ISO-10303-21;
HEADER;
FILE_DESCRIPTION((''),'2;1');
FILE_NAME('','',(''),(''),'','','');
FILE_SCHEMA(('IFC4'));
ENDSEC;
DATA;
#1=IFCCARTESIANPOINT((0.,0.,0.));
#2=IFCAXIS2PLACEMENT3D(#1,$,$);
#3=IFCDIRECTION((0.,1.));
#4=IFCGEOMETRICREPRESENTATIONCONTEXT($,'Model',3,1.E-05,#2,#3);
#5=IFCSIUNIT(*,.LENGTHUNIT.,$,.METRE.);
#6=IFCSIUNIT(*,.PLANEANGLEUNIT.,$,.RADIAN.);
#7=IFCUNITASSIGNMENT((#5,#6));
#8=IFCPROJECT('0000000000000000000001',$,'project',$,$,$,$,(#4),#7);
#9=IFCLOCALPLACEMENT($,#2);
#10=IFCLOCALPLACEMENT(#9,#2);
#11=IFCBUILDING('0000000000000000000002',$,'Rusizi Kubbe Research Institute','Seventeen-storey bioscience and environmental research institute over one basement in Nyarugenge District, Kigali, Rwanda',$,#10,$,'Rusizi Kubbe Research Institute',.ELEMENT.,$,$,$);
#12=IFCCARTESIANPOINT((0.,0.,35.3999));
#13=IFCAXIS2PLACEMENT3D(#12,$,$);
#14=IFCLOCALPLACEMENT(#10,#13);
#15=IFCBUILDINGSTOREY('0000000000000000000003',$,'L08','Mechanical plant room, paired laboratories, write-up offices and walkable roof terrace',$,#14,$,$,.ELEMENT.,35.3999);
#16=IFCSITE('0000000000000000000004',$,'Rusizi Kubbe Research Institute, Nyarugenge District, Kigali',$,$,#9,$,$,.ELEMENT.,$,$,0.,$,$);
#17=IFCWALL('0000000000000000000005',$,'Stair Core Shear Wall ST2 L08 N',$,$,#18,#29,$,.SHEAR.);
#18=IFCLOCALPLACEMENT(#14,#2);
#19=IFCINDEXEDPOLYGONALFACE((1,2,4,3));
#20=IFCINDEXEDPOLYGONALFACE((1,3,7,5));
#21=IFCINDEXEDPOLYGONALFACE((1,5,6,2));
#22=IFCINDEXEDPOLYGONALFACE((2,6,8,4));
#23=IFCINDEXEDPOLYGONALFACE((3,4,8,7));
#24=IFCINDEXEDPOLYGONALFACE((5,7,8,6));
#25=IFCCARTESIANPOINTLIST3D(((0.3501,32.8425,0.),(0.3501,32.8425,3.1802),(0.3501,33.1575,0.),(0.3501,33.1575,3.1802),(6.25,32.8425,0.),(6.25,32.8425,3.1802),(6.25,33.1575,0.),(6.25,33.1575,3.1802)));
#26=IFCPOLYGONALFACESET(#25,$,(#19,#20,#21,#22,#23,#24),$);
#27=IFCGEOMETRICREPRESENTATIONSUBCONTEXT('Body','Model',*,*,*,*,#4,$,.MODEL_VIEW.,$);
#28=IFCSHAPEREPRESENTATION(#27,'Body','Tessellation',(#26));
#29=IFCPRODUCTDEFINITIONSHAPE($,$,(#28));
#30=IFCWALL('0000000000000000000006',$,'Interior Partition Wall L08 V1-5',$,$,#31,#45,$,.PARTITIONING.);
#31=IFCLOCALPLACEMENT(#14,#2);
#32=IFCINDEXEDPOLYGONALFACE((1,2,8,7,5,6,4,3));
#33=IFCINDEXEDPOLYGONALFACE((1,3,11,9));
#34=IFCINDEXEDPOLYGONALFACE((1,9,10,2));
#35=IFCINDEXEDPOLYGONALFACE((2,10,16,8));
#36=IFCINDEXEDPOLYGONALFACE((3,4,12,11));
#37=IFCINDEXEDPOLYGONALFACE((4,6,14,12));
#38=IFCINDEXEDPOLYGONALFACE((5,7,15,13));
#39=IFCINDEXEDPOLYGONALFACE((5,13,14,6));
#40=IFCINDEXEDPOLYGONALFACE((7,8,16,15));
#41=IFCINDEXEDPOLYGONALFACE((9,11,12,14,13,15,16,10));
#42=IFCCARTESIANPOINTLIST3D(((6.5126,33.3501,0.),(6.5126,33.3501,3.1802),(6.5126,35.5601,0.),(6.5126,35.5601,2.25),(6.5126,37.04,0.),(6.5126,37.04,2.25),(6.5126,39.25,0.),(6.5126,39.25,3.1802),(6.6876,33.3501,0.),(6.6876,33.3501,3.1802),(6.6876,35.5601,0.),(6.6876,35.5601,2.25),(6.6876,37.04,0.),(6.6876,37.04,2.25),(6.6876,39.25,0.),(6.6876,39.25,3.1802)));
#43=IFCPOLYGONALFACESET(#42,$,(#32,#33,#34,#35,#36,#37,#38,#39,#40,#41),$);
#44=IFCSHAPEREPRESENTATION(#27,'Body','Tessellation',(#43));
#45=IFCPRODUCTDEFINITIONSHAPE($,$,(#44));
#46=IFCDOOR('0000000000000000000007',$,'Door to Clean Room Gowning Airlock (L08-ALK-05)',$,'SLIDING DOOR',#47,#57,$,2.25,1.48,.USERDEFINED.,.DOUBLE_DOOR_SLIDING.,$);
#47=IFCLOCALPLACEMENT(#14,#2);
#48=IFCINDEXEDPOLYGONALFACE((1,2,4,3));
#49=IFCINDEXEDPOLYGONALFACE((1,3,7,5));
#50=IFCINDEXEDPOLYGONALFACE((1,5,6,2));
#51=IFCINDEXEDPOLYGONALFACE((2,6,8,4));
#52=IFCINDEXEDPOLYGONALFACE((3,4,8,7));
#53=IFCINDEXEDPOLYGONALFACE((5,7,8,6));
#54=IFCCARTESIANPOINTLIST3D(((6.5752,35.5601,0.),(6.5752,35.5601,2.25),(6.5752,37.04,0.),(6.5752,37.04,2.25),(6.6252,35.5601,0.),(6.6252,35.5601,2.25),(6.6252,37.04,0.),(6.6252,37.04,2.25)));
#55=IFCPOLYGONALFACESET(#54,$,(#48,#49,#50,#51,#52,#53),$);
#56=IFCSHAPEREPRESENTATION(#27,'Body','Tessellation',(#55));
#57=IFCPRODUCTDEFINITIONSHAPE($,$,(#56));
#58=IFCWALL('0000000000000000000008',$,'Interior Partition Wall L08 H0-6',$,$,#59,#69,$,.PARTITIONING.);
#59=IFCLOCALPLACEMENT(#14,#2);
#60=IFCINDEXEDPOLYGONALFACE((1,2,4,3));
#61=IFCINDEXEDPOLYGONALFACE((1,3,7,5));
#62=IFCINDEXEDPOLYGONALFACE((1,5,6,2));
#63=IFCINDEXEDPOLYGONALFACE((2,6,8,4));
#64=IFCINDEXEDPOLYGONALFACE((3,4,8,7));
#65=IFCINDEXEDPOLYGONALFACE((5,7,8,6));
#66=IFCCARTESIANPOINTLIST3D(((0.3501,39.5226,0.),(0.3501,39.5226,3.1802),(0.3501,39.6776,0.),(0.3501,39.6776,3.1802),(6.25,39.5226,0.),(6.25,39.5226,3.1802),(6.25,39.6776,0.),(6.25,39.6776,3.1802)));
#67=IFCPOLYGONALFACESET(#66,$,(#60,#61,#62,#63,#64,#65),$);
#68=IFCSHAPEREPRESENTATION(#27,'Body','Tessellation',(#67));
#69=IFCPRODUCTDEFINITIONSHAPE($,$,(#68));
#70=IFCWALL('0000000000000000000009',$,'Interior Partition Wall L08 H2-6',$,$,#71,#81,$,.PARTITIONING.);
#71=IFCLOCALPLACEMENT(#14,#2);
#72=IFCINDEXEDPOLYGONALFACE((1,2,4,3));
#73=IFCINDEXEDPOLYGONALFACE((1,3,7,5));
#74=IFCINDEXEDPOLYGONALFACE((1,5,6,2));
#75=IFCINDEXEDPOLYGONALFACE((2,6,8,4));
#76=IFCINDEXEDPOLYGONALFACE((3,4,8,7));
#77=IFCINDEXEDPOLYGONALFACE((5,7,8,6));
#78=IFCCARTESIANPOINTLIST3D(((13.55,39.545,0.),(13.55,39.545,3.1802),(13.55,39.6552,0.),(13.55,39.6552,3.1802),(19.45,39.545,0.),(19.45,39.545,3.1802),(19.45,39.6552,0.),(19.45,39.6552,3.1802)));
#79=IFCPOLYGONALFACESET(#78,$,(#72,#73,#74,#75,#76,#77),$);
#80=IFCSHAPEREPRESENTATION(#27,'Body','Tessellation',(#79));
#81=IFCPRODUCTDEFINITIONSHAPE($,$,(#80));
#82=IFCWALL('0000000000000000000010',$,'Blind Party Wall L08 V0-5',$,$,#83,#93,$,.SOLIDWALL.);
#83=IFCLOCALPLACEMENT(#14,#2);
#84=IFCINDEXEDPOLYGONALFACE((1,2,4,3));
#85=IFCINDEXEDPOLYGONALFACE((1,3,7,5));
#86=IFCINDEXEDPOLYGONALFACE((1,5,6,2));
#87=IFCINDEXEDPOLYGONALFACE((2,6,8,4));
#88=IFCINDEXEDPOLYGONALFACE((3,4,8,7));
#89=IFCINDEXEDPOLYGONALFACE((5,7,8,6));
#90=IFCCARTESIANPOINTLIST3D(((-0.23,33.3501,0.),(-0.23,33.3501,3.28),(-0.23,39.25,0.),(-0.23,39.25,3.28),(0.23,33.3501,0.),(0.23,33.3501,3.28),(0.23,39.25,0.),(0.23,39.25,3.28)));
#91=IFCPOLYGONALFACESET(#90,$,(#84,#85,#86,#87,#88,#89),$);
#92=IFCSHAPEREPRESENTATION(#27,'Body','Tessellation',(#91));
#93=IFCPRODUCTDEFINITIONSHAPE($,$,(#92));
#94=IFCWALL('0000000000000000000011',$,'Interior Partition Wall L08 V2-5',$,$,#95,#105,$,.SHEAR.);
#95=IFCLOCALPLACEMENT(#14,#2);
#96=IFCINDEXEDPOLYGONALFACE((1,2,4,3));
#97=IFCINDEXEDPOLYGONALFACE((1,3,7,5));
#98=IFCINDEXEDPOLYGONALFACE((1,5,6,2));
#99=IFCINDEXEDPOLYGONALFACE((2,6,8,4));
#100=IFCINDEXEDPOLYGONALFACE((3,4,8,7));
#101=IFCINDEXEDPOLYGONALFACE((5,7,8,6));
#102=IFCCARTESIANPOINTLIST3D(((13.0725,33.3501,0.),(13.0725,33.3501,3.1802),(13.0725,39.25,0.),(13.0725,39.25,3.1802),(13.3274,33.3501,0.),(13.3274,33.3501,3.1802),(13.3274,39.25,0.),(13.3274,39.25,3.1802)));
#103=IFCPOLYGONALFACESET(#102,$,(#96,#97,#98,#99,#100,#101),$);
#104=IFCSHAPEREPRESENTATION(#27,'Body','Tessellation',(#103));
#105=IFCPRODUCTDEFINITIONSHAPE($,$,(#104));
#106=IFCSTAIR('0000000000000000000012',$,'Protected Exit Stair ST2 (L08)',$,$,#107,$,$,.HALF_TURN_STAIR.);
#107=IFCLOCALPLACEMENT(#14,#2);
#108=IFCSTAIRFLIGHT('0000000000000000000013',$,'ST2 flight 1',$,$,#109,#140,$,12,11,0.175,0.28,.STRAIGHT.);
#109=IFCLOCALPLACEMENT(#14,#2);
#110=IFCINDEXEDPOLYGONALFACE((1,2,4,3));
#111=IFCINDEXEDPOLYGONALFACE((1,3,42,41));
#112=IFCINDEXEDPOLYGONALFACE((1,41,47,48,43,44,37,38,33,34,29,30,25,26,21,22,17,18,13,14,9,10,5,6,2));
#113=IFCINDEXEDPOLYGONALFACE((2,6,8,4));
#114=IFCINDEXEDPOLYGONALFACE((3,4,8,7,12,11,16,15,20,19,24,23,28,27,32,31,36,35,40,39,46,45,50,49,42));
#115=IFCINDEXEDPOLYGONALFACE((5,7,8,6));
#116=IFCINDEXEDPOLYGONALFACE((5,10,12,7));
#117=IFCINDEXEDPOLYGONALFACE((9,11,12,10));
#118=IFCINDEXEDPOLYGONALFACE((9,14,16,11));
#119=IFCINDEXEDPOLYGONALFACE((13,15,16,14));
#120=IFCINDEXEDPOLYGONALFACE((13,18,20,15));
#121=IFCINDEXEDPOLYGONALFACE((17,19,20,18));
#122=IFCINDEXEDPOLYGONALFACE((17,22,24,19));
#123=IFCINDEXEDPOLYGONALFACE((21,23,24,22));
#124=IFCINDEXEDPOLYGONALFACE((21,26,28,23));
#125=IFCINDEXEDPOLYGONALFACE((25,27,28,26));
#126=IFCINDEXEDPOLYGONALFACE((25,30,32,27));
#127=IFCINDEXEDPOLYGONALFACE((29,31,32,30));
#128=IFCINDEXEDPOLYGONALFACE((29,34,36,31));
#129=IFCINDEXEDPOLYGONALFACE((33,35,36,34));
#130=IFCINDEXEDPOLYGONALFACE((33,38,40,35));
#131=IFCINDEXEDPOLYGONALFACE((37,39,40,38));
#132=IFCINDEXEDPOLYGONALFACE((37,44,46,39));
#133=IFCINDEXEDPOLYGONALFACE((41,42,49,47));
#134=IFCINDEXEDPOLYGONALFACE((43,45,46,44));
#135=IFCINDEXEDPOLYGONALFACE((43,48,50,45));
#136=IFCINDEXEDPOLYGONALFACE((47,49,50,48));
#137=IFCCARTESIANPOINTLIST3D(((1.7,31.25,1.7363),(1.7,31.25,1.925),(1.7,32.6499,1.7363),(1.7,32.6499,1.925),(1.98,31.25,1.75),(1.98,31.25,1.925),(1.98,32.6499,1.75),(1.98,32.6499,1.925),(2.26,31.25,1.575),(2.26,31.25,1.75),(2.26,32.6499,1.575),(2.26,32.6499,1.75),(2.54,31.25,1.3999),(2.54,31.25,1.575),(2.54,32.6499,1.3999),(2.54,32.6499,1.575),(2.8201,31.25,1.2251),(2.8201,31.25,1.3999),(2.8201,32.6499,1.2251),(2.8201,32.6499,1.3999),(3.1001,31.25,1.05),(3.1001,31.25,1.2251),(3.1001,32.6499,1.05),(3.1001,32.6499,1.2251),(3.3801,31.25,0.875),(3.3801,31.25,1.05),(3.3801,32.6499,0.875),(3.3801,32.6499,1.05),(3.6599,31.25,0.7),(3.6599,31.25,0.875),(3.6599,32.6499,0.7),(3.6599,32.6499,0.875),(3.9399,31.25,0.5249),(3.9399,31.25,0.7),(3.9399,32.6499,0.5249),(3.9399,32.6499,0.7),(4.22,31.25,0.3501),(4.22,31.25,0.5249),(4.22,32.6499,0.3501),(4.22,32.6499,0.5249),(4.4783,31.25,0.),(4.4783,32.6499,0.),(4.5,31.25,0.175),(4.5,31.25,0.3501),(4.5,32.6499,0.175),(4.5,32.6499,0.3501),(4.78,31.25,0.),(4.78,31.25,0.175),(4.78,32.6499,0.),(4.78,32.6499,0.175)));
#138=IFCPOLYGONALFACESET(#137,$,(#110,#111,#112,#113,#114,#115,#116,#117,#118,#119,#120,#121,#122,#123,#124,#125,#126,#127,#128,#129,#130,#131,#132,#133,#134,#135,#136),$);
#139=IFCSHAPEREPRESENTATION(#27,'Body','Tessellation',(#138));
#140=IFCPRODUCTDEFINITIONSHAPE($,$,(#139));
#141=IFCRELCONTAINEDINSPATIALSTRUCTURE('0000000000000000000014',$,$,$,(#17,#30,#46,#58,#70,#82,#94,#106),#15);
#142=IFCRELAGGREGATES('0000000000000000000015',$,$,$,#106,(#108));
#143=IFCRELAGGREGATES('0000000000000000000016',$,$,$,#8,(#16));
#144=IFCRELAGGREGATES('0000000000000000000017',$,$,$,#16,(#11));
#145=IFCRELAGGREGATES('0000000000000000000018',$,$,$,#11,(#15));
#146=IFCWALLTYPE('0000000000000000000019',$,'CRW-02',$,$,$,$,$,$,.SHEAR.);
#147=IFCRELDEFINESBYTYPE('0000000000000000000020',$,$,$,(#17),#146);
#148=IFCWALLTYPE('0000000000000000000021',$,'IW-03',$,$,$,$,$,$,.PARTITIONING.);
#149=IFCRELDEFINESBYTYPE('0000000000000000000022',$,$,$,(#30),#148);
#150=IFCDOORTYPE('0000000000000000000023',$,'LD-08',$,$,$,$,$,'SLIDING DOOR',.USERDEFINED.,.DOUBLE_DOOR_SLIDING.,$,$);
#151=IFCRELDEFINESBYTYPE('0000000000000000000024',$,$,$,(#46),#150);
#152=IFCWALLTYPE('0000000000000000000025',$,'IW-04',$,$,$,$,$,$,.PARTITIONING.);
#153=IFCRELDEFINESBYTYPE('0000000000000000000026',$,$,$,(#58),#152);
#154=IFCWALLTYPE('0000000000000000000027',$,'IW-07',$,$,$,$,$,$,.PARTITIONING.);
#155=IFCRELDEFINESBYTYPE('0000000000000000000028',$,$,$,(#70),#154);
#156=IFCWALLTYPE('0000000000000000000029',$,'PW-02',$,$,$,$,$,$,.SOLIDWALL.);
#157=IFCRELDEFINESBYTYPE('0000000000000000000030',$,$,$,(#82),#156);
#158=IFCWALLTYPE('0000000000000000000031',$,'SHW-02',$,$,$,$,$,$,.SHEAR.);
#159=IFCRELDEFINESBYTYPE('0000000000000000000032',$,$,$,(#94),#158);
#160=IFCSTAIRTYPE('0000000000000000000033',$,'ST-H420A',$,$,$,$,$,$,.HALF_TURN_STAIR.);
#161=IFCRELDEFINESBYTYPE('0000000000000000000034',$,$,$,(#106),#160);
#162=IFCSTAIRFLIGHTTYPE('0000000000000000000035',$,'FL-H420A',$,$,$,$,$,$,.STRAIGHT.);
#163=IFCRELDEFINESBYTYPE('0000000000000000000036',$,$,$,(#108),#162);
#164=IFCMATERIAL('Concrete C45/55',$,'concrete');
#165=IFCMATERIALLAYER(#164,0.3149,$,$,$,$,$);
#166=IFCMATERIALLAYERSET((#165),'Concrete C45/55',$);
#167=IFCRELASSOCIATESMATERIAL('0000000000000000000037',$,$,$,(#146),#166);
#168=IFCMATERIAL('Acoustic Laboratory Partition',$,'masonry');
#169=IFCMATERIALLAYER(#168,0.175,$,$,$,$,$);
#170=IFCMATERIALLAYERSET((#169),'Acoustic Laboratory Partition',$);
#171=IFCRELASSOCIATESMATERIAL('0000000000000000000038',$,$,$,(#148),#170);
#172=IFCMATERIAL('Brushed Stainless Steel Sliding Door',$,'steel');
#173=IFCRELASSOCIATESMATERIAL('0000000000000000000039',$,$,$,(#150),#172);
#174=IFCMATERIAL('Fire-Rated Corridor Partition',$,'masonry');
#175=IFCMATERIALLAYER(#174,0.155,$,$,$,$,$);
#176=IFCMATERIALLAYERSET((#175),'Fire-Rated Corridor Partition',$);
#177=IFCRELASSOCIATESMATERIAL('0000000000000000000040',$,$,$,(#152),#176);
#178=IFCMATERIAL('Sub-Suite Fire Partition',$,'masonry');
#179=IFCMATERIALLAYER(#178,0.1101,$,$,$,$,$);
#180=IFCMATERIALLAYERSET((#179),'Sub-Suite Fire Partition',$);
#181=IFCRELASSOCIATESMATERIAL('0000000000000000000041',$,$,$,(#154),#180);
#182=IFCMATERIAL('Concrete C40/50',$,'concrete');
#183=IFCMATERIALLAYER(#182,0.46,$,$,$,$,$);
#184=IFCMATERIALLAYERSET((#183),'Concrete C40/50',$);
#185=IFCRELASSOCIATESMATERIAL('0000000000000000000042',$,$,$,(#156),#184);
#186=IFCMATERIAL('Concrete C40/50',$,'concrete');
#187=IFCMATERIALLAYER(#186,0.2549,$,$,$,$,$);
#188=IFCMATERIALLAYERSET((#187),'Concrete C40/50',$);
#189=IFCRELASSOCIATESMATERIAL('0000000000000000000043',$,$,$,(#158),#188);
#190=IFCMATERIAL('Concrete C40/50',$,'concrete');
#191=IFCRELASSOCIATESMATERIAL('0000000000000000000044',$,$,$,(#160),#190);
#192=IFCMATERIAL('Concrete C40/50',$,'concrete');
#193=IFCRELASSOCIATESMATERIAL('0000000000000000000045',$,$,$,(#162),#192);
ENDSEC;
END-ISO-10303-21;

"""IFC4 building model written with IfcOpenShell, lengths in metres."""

from ifc_helpers import new_model, si_unit, direction, frame, frame_2d, origin, place, context, subcontext, project, spatial, polyline, rectangle, outline, extrude, material, layer, layer_set, type_object, element, fill, aggregate, save


model = new_model("IFC4")

# Units and contexts
model_context = context("Model", 3, precision=1e-05, world=origin(), true_north=direction((0.0, 1.0)))
body_context = subcontext(model_context, "Body", "Model", "MODEL_VIEW")
ifc_project = project(units=[si_unit("LENGTHUNIT", "METRE"), si_unit("PLANEANGLEUNIT", "RADIAN")], contexts=[model_context])

# Site, building, storey
site_placement = place(None, origin())
site = spatial("IfcSite", under=ifc_project, at=site_placement, Name="Rusizi Kubbe Research Institute, Nyarugenge District, Kigali", CompositionType="ELEMENT", RefElevation=0.0)
building_placement = place(site_placement, origin())
building = spatial("IfcBuilding", under=site, at=building_placement, Name="Rusizi Kubbe Research Institute", Description="Seventeen-storey bioscience and environmental research institute over one basement in Nyarugenge District, Kigali, Rwanda", LongName="Rusizi Kubbe Research Institute", CompositionType="ELEMENT")
storey_placement = place(building_placement, frame((0.0, 0.0, 35.3999)))
storey = spatial("IfcBuildingStorey", under=building, at=storey_placement, Name="L08", Description="Mechanical plant room, paired laboratories, write-up offices and walkable roof terrace", CompositionType="ELEMENT", Elevation=35.3999)

# Wall
ifc_material_1 = material(Name="Concrete C45/55", Category="concrete")
ifc_layer_1 = layer(ifc_material_1, 0.3149)
ifc_layer_set_1 = layer_set([ifc_layer_1], Name="Concrete C45/55")
wall_type_1 = type_object("IfcWallType", Name="CRW-02", PredefinedType="SHEAR", material=ifc_layer_set_1)
wall_1_placement = place(storey_placement, frame((0.3501, 33.0, 0.0), z_axis=(0.0, 0.0, 1.0), x_axis=(1.0, 0.0, 0.0)))
element("IfcWall", 1, at=wall_1_placement, inside=storey, type_object=wall_type_1, Name="Stair Core Shear Wall ST2 L08 N", PredefinedType="SHEAR", context=body_context, shape_type="SweptSolid", body=[
    extrude(rectangle(XDim=5.8999, YDim=0.3149, at=frame_2d((2.95, 0.0))), origin(), (0.0, 0.0, 1.0), 3.1802),
])

# Wall, opening, door
ifc_material_2 = material(Name="Acoustic Laboratory Partition", Category="masonry")
ifc_layer_2 = layer(ifc_material_2, 0.175)
ifc_layer_set_2 = layer_set([ifc_layer_2], Name="Acoustic Laboratory Partition")
wall_type_2 = type_object("IfcWallType", Name="IW-03", PredefinedType="PARTITIONING", material=ifc_layer_set_2)
wall_2_placement = place(storey_placement, frame((6.6001, 33.3501, 0.0), z_axis=(0.0, 0.0, 1.0), x_axis=(0.0, 1.0, 0.0)))
wall_2 = element("IfcWall", 2, at=wall_2_placement, inside=storey, type_object=wall_type_2, Name="Interior Partition Wall L08 V1-5", PredefinedType="PARTITIONING", context=body_context, shape_type="SweptSolid", body=[
    extrude(rectangle(XDim=5.8999, YDim=0.175, at=frame_2d((2.95, 0.0))), origin(), (0.0, 0.0, 1.0), 3.1802),
])
opening_placement = place(wall_2_placement, frame((2.21, 0.0, 0.0)))
opening = element("IfcOpeningElement", 3, at=opening_placement, cuts=wall_2, PredefinedType="OPENING", context=body_context, shape_type="SweptSolid", body=[
    extrude(rectangle(XDim=1.48, YDim=2.25, at=frame_2d((0.74, 1.125))), frame((0.0, 0.0974, 0.0), z_axis=(0.0, -1.0, 0.0), x_axis=(1.0, 0.0, 0.0)), (0.0, 0.0, 1.0), 0.1951),
])
ifc_material_3 = material(Name="Brushed Stainless Steel Sliding Door", Category="steel")
door_type = type_object("IfcDoorType", Name="LD-08", ElementType="SLIDING DOOR", OperationType="DOUBLE_DOOR_SLIDING", PredefinedType="USERDEFINED", material=ifc_material_3)
door_placement = place(opening_placement, origin())
door = element("IfcDoor", 4, at=door_placement, inside=storey, type_object=door_type, Name="Door to Clean Room Gowning Airlock (L08-ALK-05)", ObjectType="SLIDING DOOR", OperationType="DOUBLE_DOOR_SLIDING", OverallHeight=2.25, OverallWidth=1.48, PredefinedType="USERDEFINED", context=body_context, shape_type="SweptSolid", body=[
    extrude(rectangle(XDim=1.48, YDim=2.25, at=frame_2d((0.74, 1.125))), frame((0.0, 0.0249, 0.0), z_axis=(0.0, -1.0, 0.0), x_axis=(1.0, 0.0, 0.0)), (0.0, 0.0, 1.0), 0.05),
])
fill(opening, door)

# Walls
ifc_material_4 = material(Name="Fire-Rated Corridor Partition", Category="masonry")
ifc_layer_3 = layer(ifc_material_4, 0.155)
ifc_layer_set_3 = layer_set([ifc_layer_3], Name="Fire-Rated Corridor Partition")
wall_type_3 = type_object("IfcWallType", Name="IW-04", PredefinedType="PARTITIONING", material=ifc_layer_set_3)
wall_3_placement = place(storey_placement, frame((0.3501, 39.6001, 0.0), z_axis=(0.0, 0.0, 1.0), x_axis=(1.0, 0.0, 0.0)))
element("IfcWall", 5, at=wall_3_placement, inside=storey, type_object=wall_type_3, Name="Interior Partition Wall L08 H0-6", PredefinedType="PARTITIONING", context=body_context, shape_type="SweptSolid", body=[
    extrude(rectangle(XDim=5.8999, YDim=0.155, at=frame_2d((2.95, 0.0))), origin(), (0.0, 0.0, 1.0), 3.1802),
])
ifc_material_5 = material(Name="Sub-Suite Fire Partition", Category="masonry")
ifc_layer_4 = layer(ifc_material_5, 0.1101)
ifc_layer_set_4 = layer_set([ifc_layer_4], Name="Sub-Suite Fire Partition")
wall_type_4 = type_object("IfcWallType", Name="IW-07", PredefinedType="PARTITIONING", material=ifc_layer_set_4)
wall_4_placement = place(storey_placement, frame((13.55, 39.6001, 0.0), z_axis=(0.0, 0.0, 1.0), x_axis=(1.0, 0.0, 0.0)))
element("IfcWall", 6, at=wall_4_placement, inside=storey, type_object=wall_type_4, Name="Interior Partition Wall L08 H2-6", PredefinedType="PARTITIONING", context=body_context, shape_type="SweptSolid", body=[
    extrude(rectangle(XDim=5.8999, YDim=0.1101, at=frame_2d((2.95, 0.0))), origin(), (0.0, 0.0, 1.0), 3.1802),
])
ifc_material_6 = material(Name="Concrete C40/50", Category="concrete")
ifc_layer_5 = layer(ifc_material_6, 0.46)
ifc_layer_set_5 = layer_set([ifc_layer_5], Name="Concrete C40/50")
wall_type_5 = type_object("IfcWallType", Name="PW-02", PredefinedType="SOLIDWALL", material=ifc_layer_set_5)
wall_5_placement = place(storey_placement, frame((0.0, 33.3501, 0.0), z_axis=(0.0, 0.0, 1.0), x_axis=(0.0, 1.0, 0.0)))
element("IfcWall", 7, at=wall_5_placement, inside=storey, type_object=wall_type_5, Name="Blind Party Wall L08 V0-5", PredefinedType="SOLIDWALL", context=body_context, shape_type="SweptSolid", body=[
    extrude(rectangle(XDim=5.8999, YDim=0.46, at=frame_2d((2.95, 0.0))), origin(), (0.0, 0.0, 1.0), 3.28),
])
ifc_material_7 = material(Name="Concrete C40/50", Category="concrete")
ifc_layer_6 = layer(ifc_material_7, 0.2549)
ifc_layer_set_6 = layer_set([ifc_layer_6], Name="Concrete C40/50")
wall_type_6 = type_object("IfcWallType", Name="SHW-02", PredefinedType="SHEAR", material=ifc_layer_set_6)
wall_6_placement = place(storey_placement, frame((13.2, 33.3501, 0.0), z_axis=(0.0, 0.0, 1.0), x_axis=(0.0, 1.0, 0.0)))
element("IfcWall", 8, at=wall_6_placement, inside=storey, type_object=wall_type_6, Name="Interior Partition Wall L08 V2-5", PredefinedType="SHEAR", context=body_context, shape_type="SweptSolid", body=[
    extrude(rectangle(XDim=5.8999, YDim=0.2549, at=frame_2d((2.95, 0.0))), origin(), (0.0, 0.0, 1.0), 3.1802),
])

# Stair, stair flight
ifc_material_8 = material(Name="Concrete C40/50", Category="concrete")
stair_type = type_object("IfcStairType", Name="ST-H420A", PredefinedType="HALF_TURN_STAIR", material=ifc_material_8)
stair_placement = place(storey_placement, origin())
stair = element("IfcStair", 9, at=stair_placement, inside=storey, type_object=stair_type, Name="Protected Exit Stair ST2 (L08)", PredefinedType="HALF_TURN_STAIR")
ifc_material_9 = material(Name="Concrete C40/50", Category="concrete")
stair_flight_type = type_object("IfcStairFlightType", Name="FL-H420A", PredefinedType="STRAIGHT", material=ifc_material_9)
stair_flight_placement = place(storey_placement, frame((4.78, 31.95, 0.0), z_axis=(0.0, 0.0, 1.0), x_axis=(-1.0, 0.0, 0.0)))
stair_flight = element("IfcStairFlight", 10, at=stair_flight_placement, type_object=stair_flight_type, Name="ST2 flight 1", NumberOfRisers=12, NumberOfTreads=11, PredefinedType="STRAIGHT", RiserHeight=0.175, TreadLength=0.28, context=body_context, shape_type="SweptSolid", body=[
    extrude(outline(polyline([(0.0, 0.0), (0.0, 0.175), (0.28, 0.175), (0.28, 0.3501), (0.5601, 0.3501), (0.5601, 0.5249), (0.8401, 0.5249), (0.8401, 0.7), (1.1201, 0.7), (1.1201, 0.875), (1.3999, 0.875), (1.3999, 1.05), (1.6799, 1.05), (1.6799, 1.2251), (1.96, 1.2251), (1.96, 1.3999), (2.24, 1.3999), (2.24, 1.575), (2.52, 1.575), (2.52, 1.75), (2.8, 1.75), (2.8, 1.925), (3.0801, 1.925), (3.0801, 2.1001), (3.0801, 1.7363), (0.3018, 0.0), (0.0, 0.0)])), frame((0.0, 0.7, 0.0), z_axis=(0.0, -1.0, 0.0), x_axis=(1.0, 0.0, 0.0)), (0.0, 0.0, 1.0), 1.3999),
])
aggregate(stair, [stair_flight])

save(model, "model.ifc")
